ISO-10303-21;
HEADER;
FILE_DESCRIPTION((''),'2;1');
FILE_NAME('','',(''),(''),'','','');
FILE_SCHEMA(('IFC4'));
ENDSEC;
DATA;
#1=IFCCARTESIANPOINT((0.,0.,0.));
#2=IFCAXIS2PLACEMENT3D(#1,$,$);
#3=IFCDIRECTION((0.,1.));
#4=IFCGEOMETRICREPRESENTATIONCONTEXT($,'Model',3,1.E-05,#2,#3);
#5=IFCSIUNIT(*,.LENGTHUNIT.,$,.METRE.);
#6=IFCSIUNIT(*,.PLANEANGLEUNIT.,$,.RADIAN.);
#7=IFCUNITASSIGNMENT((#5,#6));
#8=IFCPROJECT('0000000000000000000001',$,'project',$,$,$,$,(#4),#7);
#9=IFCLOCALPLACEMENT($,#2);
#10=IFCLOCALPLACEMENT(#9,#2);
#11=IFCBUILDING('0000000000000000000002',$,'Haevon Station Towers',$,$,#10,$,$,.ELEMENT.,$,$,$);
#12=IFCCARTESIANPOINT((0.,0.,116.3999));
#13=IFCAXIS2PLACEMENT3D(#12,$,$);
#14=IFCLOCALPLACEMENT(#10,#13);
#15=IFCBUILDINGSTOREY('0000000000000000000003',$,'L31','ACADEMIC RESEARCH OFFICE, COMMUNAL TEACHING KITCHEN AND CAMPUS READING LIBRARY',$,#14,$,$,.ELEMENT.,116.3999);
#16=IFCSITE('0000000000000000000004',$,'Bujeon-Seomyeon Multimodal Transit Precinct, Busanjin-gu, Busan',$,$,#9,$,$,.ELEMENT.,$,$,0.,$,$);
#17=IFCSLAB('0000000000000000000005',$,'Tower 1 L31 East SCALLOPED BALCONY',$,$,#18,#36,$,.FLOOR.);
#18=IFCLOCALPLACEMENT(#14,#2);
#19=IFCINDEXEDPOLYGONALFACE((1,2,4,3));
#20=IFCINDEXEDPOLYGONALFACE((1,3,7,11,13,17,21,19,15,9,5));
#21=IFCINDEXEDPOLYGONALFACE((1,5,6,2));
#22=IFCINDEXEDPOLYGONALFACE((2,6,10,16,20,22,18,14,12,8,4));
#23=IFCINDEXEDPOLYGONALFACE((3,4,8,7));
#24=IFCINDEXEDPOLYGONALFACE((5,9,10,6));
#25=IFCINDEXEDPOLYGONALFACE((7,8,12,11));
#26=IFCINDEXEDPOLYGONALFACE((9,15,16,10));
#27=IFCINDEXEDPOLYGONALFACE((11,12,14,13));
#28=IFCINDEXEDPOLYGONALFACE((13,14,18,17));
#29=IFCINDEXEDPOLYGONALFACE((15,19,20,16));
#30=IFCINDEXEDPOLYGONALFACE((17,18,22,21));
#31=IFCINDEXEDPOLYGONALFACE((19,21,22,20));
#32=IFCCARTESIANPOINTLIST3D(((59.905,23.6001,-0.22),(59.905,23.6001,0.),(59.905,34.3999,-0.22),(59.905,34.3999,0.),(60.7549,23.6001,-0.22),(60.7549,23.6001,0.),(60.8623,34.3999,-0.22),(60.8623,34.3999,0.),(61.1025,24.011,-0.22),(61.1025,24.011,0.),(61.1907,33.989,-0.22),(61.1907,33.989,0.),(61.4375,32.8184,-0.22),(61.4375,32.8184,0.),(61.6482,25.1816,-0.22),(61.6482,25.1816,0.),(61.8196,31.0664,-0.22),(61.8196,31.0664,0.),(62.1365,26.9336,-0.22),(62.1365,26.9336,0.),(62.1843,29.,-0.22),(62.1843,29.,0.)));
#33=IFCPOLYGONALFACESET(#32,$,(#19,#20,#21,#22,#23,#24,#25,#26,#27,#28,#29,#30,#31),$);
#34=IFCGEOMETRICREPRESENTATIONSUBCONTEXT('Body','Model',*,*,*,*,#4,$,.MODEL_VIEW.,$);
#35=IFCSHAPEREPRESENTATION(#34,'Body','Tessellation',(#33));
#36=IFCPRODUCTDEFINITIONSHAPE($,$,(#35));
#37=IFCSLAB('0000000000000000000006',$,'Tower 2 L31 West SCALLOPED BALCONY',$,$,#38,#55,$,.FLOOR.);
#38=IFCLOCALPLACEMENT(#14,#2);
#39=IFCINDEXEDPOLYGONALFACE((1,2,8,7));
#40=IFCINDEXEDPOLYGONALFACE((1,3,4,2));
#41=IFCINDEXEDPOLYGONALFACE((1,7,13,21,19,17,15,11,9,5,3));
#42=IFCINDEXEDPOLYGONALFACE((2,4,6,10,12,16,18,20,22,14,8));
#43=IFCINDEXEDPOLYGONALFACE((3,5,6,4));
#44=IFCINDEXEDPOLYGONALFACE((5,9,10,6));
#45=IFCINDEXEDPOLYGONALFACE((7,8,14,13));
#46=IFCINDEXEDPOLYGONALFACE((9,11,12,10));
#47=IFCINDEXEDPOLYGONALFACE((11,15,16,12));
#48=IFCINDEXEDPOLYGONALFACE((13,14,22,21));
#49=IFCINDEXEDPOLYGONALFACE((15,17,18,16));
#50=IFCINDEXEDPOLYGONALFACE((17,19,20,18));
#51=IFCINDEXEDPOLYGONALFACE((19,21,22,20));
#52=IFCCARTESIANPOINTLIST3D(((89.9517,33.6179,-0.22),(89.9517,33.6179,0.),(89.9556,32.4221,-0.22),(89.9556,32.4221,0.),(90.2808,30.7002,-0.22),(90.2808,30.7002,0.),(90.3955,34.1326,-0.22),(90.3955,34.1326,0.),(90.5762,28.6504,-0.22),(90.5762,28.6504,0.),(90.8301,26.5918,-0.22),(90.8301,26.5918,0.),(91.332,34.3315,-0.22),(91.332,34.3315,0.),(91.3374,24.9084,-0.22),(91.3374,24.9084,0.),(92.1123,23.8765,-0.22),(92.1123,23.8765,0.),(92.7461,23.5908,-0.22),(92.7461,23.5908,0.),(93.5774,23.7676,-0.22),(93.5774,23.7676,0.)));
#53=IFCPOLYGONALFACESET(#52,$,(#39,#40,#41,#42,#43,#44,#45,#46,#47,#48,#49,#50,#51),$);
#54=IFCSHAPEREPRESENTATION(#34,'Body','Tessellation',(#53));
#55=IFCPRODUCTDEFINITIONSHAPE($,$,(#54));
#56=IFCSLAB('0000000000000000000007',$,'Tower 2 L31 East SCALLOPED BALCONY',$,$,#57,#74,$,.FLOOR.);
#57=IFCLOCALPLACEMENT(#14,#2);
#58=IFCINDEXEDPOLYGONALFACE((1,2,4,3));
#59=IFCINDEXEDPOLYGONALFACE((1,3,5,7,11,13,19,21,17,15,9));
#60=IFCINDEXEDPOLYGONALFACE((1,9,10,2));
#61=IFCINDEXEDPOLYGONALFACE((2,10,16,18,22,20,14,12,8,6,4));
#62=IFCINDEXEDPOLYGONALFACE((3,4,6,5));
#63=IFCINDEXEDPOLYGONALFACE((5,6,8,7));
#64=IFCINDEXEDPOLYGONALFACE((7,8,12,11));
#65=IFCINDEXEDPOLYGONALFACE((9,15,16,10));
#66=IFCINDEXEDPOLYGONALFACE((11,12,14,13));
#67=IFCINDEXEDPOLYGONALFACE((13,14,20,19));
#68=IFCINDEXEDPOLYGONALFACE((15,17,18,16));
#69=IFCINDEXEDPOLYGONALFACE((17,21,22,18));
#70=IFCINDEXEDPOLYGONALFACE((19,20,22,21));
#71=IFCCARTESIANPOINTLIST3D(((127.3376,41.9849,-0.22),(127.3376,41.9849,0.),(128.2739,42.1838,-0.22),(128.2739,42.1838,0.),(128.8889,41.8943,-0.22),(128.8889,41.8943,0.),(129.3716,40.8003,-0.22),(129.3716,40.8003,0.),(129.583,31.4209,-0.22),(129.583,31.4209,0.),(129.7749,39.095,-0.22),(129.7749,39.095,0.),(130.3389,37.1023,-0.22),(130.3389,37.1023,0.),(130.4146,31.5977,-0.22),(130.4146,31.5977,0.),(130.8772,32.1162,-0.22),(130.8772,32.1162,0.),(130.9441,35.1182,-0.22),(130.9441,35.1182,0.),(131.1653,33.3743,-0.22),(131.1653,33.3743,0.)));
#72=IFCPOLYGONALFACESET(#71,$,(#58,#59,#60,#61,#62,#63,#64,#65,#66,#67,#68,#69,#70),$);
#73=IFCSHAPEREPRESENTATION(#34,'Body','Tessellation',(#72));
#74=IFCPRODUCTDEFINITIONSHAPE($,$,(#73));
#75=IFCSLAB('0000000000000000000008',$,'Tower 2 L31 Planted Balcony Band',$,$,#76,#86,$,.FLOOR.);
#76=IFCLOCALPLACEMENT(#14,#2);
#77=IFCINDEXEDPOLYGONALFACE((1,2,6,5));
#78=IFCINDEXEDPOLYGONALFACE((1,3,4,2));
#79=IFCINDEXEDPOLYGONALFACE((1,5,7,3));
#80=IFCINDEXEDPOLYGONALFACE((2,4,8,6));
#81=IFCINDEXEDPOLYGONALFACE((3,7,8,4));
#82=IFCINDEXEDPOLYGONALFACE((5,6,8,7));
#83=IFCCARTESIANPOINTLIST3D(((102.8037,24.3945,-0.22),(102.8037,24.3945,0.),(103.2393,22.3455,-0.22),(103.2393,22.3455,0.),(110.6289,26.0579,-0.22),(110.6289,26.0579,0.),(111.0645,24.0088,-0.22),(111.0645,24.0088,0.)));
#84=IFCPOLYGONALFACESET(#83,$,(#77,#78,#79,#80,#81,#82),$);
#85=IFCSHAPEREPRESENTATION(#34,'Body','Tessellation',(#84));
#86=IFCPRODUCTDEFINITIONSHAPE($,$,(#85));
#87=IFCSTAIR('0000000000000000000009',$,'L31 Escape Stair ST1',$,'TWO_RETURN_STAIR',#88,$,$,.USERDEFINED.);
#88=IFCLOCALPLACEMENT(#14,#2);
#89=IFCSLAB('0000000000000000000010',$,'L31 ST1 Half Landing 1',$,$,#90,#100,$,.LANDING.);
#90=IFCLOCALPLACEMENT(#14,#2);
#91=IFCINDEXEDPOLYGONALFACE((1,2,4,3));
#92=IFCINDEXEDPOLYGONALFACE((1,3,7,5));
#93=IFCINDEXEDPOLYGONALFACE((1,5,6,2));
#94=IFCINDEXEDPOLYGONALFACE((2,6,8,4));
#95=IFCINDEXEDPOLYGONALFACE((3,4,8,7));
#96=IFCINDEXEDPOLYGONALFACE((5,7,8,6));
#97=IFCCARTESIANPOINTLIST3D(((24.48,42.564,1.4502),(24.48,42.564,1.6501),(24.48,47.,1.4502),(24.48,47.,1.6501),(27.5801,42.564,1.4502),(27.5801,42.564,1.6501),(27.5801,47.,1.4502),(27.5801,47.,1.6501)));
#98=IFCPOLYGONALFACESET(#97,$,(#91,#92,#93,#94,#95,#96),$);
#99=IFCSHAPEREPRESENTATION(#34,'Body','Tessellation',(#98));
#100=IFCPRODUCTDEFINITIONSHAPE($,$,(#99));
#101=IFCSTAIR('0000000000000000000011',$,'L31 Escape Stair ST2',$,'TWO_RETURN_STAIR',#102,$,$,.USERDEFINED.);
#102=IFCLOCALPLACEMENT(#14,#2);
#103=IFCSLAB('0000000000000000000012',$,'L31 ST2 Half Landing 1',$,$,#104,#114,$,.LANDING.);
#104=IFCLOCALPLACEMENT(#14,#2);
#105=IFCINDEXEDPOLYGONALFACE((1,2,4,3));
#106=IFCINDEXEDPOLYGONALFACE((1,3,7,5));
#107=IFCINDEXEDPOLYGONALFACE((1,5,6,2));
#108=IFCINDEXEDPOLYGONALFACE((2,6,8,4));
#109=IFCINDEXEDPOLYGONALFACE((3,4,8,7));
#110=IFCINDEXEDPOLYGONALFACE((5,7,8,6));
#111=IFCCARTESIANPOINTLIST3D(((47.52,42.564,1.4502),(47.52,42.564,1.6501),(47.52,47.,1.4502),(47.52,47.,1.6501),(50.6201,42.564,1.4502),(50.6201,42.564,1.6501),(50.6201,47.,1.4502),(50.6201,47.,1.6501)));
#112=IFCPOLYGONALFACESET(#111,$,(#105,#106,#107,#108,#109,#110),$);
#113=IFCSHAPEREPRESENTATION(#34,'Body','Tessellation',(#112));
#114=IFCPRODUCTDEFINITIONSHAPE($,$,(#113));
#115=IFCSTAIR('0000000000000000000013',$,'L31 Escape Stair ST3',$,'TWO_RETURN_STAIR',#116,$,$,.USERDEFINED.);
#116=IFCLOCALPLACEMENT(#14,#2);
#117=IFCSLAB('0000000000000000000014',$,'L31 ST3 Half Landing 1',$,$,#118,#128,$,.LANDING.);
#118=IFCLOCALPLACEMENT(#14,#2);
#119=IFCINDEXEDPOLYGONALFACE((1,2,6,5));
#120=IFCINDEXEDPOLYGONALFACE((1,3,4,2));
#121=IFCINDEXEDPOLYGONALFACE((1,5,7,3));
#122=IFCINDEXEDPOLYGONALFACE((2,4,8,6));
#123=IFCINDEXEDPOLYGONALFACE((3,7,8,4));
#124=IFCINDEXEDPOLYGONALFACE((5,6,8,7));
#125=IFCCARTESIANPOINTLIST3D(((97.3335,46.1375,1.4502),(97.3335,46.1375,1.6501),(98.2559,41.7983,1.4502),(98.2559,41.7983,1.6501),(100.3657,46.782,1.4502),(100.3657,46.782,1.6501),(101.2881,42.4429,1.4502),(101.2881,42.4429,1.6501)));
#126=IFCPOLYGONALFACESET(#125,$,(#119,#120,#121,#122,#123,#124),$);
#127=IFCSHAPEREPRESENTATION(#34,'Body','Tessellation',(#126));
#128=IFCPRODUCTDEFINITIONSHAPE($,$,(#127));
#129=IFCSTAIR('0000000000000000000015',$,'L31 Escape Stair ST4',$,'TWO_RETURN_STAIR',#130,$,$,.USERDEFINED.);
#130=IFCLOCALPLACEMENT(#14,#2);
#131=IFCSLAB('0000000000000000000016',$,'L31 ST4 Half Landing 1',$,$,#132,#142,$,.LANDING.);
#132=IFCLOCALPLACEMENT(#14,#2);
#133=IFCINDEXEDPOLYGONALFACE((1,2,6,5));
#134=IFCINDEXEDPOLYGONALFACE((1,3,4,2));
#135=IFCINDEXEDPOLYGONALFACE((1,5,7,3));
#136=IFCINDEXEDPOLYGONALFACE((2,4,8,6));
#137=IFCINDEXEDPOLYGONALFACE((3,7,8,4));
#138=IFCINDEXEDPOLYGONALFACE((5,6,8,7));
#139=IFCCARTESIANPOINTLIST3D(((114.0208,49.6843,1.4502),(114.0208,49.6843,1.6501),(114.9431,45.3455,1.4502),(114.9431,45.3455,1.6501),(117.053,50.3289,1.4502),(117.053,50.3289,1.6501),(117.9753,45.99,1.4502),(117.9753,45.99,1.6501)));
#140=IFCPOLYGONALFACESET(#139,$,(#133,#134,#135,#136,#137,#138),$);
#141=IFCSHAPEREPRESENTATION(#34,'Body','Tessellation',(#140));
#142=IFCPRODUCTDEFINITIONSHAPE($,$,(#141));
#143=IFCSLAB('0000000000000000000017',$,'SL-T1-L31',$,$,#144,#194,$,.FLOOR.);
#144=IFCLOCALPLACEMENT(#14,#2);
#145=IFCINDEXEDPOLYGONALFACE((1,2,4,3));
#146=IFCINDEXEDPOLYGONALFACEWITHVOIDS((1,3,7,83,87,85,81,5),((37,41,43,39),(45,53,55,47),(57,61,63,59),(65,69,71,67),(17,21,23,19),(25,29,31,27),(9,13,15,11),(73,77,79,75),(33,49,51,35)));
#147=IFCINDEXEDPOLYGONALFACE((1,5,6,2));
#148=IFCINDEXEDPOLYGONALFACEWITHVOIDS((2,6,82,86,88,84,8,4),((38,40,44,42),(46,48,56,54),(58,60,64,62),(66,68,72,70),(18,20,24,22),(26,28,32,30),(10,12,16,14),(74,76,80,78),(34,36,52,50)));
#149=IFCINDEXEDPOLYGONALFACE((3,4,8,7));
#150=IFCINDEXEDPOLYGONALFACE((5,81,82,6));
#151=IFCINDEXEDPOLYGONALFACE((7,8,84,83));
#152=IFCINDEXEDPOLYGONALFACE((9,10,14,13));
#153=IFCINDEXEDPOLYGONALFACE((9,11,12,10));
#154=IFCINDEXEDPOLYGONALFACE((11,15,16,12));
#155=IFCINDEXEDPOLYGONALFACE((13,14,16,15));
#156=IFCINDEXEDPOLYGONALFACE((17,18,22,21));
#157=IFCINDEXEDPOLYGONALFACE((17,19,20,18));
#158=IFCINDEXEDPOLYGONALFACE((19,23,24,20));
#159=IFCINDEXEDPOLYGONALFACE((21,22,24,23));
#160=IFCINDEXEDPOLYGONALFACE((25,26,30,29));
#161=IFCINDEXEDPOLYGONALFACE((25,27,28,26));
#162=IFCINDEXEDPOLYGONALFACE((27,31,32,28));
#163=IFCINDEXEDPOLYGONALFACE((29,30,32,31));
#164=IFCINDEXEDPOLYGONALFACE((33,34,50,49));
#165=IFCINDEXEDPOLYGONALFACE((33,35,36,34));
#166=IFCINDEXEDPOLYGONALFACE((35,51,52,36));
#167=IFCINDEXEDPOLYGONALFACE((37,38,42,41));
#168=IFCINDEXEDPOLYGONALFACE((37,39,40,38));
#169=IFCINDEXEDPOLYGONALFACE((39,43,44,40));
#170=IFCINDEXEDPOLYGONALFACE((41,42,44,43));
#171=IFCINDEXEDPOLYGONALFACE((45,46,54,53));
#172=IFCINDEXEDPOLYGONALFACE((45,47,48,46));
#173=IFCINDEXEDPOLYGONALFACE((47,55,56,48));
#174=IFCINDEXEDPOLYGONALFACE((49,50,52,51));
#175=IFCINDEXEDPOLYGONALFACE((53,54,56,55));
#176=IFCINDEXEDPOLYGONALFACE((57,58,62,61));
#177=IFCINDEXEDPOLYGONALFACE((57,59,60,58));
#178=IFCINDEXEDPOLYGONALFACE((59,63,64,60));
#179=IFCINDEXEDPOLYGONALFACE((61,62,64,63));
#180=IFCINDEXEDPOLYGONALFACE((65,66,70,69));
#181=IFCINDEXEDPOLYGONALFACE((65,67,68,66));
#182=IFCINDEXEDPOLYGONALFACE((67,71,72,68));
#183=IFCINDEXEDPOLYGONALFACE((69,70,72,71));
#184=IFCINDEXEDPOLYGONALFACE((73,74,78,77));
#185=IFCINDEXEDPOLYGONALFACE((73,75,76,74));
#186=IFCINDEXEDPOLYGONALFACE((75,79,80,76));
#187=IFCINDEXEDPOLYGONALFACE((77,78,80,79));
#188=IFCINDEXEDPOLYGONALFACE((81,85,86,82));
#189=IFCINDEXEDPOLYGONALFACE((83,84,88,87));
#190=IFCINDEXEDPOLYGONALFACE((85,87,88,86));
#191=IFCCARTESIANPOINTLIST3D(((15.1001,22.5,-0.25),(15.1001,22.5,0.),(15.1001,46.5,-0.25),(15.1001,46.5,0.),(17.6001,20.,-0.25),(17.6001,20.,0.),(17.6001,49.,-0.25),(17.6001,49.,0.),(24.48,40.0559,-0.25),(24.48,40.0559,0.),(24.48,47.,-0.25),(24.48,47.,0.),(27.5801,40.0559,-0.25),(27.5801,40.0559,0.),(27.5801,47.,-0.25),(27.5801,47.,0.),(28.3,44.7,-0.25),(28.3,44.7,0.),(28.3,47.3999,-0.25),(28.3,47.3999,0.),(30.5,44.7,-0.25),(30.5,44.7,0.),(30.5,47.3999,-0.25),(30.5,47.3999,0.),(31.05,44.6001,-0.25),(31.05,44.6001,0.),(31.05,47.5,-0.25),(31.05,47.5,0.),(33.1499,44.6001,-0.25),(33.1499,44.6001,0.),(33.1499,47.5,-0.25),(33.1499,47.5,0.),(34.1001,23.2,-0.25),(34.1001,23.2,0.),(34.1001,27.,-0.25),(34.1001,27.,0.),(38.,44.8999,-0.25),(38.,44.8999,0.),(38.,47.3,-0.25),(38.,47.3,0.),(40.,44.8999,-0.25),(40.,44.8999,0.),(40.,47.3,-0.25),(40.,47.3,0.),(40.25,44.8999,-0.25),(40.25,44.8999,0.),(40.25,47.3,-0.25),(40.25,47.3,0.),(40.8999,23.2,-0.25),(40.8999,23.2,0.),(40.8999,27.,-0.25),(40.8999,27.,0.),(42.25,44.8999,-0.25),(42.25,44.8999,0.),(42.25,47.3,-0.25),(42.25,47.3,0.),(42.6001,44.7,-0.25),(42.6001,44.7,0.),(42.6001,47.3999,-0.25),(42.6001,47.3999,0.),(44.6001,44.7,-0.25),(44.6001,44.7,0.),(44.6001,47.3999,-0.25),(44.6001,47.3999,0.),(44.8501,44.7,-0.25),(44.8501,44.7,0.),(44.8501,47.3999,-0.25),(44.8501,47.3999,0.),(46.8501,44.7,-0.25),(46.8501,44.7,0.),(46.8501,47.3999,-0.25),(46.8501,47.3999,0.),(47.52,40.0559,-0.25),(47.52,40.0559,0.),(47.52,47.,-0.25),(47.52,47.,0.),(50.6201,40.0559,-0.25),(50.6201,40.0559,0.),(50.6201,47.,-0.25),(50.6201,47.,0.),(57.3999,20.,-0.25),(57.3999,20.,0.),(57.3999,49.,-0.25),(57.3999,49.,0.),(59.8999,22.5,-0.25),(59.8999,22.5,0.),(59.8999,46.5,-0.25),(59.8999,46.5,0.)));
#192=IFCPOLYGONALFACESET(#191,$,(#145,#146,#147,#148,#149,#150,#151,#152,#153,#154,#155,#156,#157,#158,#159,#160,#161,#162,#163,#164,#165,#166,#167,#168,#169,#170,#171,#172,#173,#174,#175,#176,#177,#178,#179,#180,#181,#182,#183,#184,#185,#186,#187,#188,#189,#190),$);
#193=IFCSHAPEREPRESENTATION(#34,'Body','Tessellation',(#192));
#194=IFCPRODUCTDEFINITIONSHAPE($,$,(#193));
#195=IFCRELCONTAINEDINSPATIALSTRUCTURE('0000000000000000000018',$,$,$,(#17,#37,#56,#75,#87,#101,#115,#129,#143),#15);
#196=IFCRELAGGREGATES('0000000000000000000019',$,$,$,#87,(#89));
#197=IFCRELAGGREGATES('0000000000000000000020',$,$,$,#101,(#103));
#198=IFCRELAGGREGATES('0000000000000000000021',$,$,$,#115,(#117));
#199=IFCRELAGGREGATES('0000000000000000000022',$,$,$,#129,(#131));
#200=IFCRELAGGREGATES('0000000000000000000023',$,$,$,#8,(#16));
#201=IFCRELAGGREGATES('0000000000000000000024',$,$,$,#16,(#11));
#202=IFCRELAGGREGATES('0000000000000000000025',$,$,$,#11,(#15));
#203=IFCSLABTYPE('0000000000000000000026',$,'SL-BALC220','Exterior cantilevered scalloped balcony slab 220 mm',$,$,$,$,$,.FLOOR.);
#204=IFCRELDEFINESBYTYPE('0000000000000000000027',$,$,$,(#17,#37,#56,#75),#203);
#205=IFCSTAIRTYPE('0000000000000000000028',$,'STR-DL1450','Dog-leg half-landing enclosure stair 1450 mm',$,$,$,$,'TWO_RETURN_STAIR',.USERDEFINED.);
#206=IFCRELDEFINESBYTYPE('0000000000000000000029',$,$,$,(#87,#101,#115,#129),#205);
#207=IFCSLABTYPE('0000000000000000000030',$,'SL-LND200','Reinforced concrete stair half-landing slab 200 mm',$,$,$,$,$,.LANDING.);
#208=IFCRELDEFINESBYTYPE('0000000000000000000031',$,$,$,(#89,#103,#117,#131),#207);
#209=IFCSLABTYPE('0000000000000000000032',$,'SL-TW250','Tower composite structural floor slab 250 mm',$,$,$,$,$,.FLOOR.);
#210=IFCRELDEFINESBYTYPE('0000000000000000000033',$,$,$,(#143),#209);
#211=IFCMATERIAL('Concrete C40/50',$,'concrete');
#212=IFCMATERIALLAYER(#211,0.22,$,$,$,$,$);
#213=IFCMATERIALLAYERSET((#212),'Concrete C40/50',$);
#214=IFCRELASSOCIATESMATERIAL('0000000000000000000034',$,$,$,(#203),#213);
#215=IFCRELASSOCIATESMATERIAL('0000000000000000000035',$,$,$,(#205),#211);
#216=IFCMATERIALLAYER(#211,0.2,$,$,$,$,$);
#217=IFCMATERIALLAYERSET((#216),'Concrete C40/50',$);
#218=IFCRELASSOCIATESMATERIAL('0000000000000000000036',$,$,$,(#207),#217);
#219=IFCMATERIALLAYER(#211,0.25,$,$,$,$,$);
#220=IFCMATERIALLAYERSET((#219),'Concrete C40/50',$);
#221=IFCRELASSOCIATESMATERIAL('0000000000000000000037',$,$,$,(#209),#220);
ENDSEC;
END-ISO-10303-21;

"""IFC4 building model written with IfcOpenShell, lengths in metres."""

from ifc_helpers import new_model, si_unit, direction, frame, origin, place, context, subcontext, project, spatial, polyline, outline, extrude, material, layer, layer_set, type_object, element, aggregate, save


model = new_model("IFC4")

# Units and contexts
model_context = context("Model", 3, precision=1e-05, world=origin(), true_north=direction((0.0, 1.0)))
body_context = subcontext(model_context, "Body", "Model", "MODEL_VIEW")
ifc_project = project(units=[si_unit("LENGTHUNIT", "METRE"), si_unit("PLANEANGLEUNIT", "RADIAN")], contexts=[model_context])

# Site, building, storey
site_placement = place(None, origin())
site = spatial("IfcSite", under=ifc_project, at=site_placement, Name="Bujeon-Seomyeon Multimodal Transit Precinct, Busanjin-gu, Busan", CompositionType="ELEMENT", RefElevation=0.0)
building_placement = place(site_placement, origin())
building = spatial("IfcBuilding", under=site, at=building_placement, Name="Haevon Station Towers", CompositionType="ELEMENT")
storey_placement = place(building_placement, frame((0.0, 0.0, 116.3999)))
storey = spatial("IfcBuildingStorey", under=building, at=storey_placement, Name="L31", Description="ACADEMIC RESEARCH OFFICE, COMMUNAL TEACHING KITCHEN AND CAMPUS READING LIBRARY", CompositionType="ELEMENT", Elevation=116.3999)

# Slabs
ifc_material_1 = material(Name="Concrete C40/50", Category="concrete")
ifc_layer_1 = layer(ifc_material_1, 0.22)
ifc_layer_set_1 = layer_set([ifc_layer_1], Name="Concrete C40/50")
slab_type_1 = type_object("IfcSlabType", Name="SL-BALC220", Description="Exterior cantilevered scalloped balcony slab 220 mm", PredefinedType="FLOOR", material=ifc_layer_set_1)
slab_1_placement = place(storey_placement, frame((0.0, 0.0, -0.22)))
element("IfcSlab", 1, at=slab_1_placement, inside=storey, type_object=slab_type_1, Name="Tower 1 L31 East SCALLOPED BALCONY", PredefinedType="FLOOR", context=body_context, shape_type="SweptSolid", body=[
    extrude(outline(polyline([(59.905, 23.6001), (60.7549, 23.6001), (61.1025, 24.011), (61.6482, 25.1816), (62.1365, 26.9336), (62.1843, 29.0), (61.8196, 31.0664), (61.4375, 32.8184), (61.1907, 33.989), (60.8623, 34.3999), (59.905, 34.3999), (59.905, 23.6001)])), origin(), (0.0, 0.0, 1.0), 0.22),
])
slab_2_placement = place(storey_placement, frame((0.0, 0.0, -0.22)))
element("IfcSlab", 2, at=slab_2_placement, inside=storey, type_object=slab_type_1, Name="Tower 2 L31 West SCALLOPED BALCONY", PredefinedType="FLOOR", context=body_context, shape_type="SweptSolid", body=[
    extrude(outline(polyline([(91.332, 34.3315), (90.3955, 34.1326), (89.9517, 33.6179), (89.9556, 32.4221), (90.2808, 30.7002), (90.5762, 28.6504), (90.8301, 26.5918), (91.3374, 24.9084), (92.1123, 23.8765), (92.7461, 23.5908), (93.5774, 23.7676), (91.332, 34.3315)])), origin(), (0.0, 0.0, 1.0), 0.22),
])
slab_3_placement = place(storey_placement, frame((0.0, 0.0, -0.22)))
element("IfcSlab", 3, at=slab_3_placement, inside=storey, type_object=slab_type_1, Name="Tower 2 L31 East SCALLOPED BALCONY", PredefinedType="FLOOR", context=body_context, shape_type="SweptSolid", body=[
    extrude(outline(polyline([(129.583, 31.4209), (130.4146, 31.5977), (130.8772, 32.1162), (131.1653, 33.3743), (130.9441, 35.1182), (130.3389, 37.1023), (129.7749, 39.095), (129.3716, 40.8003), (128.8889, 41.8943), (128.2739, 42.1838), (127.3376, 41.9849), (129.583, 31.4209)])), origin(), (0.0, 0.0, 1.0), 0.22),
])
slab_4_placement = place(storey_placement, frame((0.0, 0.0, -0.22)))
element("IfcSlab", 4, at=slab_4_placement, inside=storey, type_object=slab_type_1, Name="Tower 2 L31 Planted Balcony Band", PredefinedType="FLOOR", context=body_context, shape_type="SweptSolid", body=[
    extrude(outline(polyline([(103.2393, 22.3455), (111.0645, 24.0088), (110.6289, 26.0579), (102.8037, 24.3945), (103.2393, 22.3455)])), origin(), (0.0, 0.0, 1.0), 0.22),
])

# Stairs, slabs
stair_type = type_object("IfcStairType", Name="STR-DL1450", Description="Dog-leg half-landing enclosure stair 1450 mm", ElementType="TWO_RETURN_STAIR", PredefinedType="USERDEFINED", material=ifc_material_1)
stair_1_placement = place(storey_placement, origin())
stair_1 = element("IfcStair", 5, at=stair_1_placement, inside=storey, type_object=stair_type, Name="L31 Escape Stair ST1", ObjectType="TWO_RETURN_STAIR", PredefinedType="USERDEFINED")
ifc_layer_2 = layer(ifc_material_1, 0.2)
ifc_layer_set_2 = layer_set([ifc_layer_2], Name="Concrete C40/50")
slab_type_2 = type_object("IfcSlabType", Name="SL-LND200", Description="Reinforced concrete stair half-landing slab 200 mm", PredefinedType="LANDING", material=ifc_layer_set_2)
slab_5_placement = place(storey_placement, frame((0.0, 0.0, 1.4502)))
slab_5 = element("IfcSlab", 6, at=slab_5_placement, type_object=slab_type_2, Name="L31 ST1 Half Landing 1", PredefinedType="LANDING", context=body_context, shape_type="SweptSolid", body=[
    extrude(outline(polyline([(27.5801, 42.564), (27.5801, 47.0), (24.48, 47.0), (24.48, 42.564), (27.5801, 42.564)])), origin(), (0.0, 0.0, 1.0), 0.2),
])
aggregate(stair_1, [slab_5])
stair_2_placement = place(storey_placement, origin())
stair_2 = element("IfcStair", 7, at=stair_2_placement, inside=storey, type_object=stair_type, Name="L31 Escape Stair ST2", ObjectType="TWO_RETURN_STAIR", PredefinedType="USERDEFINED")
slab_6_placement = place(storey_placement, frame((0.0, 0.0, 1.4502)))
slab_6 = element("IfcSlab", 8, at=slab_6_placement, type_object=slab_type_2, Name="L31 ST2 Half Landing 1", PredefinedType="LANDING", context=body_context, shape_type="SweptSolid", body=[
    extrude(outline(polyline([(50.6201, 42.564), (50.6201, 47.0), (47.52, 47.0), (47.52, 42.564), (50.6201, 42.564)])), origin(), (0.0, 0.0, 1.0), 0.2),
])
aggregate(stair_2, [slab_6])
stair_3_placement = place(storey_placement, origin())
stair_3 = element("IfcStair", 9, at=stair_3_placement, inside=storey, type_object=stair_type, Name="L31 Escape Stair ST3", ObjectType="TWO_RETURN_STAIR", PredefinedType="USERDEFINED")
slab_7_placement = place(storey_placement, frame((0.0, 0.0, 1.4502)))
slab_7 = element("IfcSlab", 10, at=slab_7_placement, type_object=slab_type_2, Name="L31 ST3 Half Landing 1", PredefinedType="LANDING", context=body_context, shape_type="SweptSolid", body=[
    extrude(outline(polyline([(101.2881, 42.4429), (100.3657, 46.782), (97.3335, 46.1375), (98.2559, 41.7983), (101.2881, 42.4429)])), origin(), (0.0, 0.0, 1.0), 0.2),
])
aggregate(stair_3, [slab_7])
stair_4_placement = place(storey_placement, origin())
stair_4 = element("IfcStair", 11, at=stair_4_placement, inside=storey, type_object=stair_type, Name="L31 Escape Stair ST4", ObjectType="TWO_RETURN_STAIR", PredefinedType="USERDEFINED")
slab_8_placement = place(storey_placement, frame((0.0, 0.0, 1.4502)))
slab_8 = element("IfcSlab", 12, at=slab_8_placement, type_object=slab_type_2, Name="L31 ST4 Half Landing 1", PredefinedType="LANDING", context=body_context, shape_type="SweptSolid", body=[
    extrude(outline(polyline([(117.9753, 45.99), (117.053, 50.3289), (114.0208, 49.6843), (114.9431, 45.3455), (117.9753, 45.99)])), origin(), (0.0, 0.0, 1.0), 0.2),
])
aggregate(stair_4, [slab_8])

# Slab
ifc_layer_3 = layer(ifc_material_1, 0.25)
ifc_layer_set_3 = layer_set([ifc_layer_3], Name="Concrete C40/50")
slab_type_3 = type_object("IfcSlabType", Name="SL-TW250", Description="Tower composite structural floor slab 250 mm", PredefinedType="FLOOR", material=ifc_layer_set_3)
slab_9_placement = place(storey_placement, frame((0.0, 0.0, -0.25)))
element("IfcSlab", 13, at=slab_9_placement, inside=storey, type_object=slab_type_3, Name="SL-T1-L31", PredefinedType="FLOOR", context=body_context, shape_type="SweptSolid", body=[
    extrude(outline(polyline([(17.6001, 20.0), (57.3999, 20.0), (59.8999, 22.5), (59.8999, 46.5), (57.3999, 49.0), (17.6001, 49.0), (15.1001, 46.5), (15.1001, 22.5), (17.6001, 20.0)]), holes=[polyline([(27.5801, 40.0559), (27.5801, 47.0), (24.48, 47.0), (24.48, 40.0559), (27.5801, 40.0559)]), polyline([(50.6201, 40.0559), (50.6201, 47.0), (47.52, 47.0), (47.52, 40.0559), (50.6201, 40.0559)]), polyline([(28.3, 44.7), (30.5, 44.7), (30.5, 47.3999), (28.3, 47.3999), (28.3, 44.7)]), polyline([(31.05, 44.6001), (33.1499, 44.6001), (33.1499, 47.5), (31.05, 47.5), (31.05, 44.6001)]), polyline([(38.0, 44.8999), (40.0, 44.8999), (40.0, 47.3), (38.0, 47.3), (38.0, 44.8999)]), polyline([(40.25, 44.8999), (42.25, 44.8999), (42.25, 47.3), (40.25, 47.3), (40.25, 44.8999)]), polyline([(42.6001, 44.7), (44.6001, 44.7), (44.6001, 47.3999), (42.6001, 47.3999), (42.6001, 44.7)]), polyline([(44.8501, 44.7), (46.8501, 44.7), (46.8501, 47.3999), (44.8501, 47.3999), (44.8501, 44.7)]), polyline([(34.1001, 23.2), (40.8999, 23.2), (40.8999, 27.0), (34.1001, 27.0), (34.1001, 23.2)])]), origin(), (0.0, 0.0, 1.0), 0.25),
])

save(model, "model.ifc")
